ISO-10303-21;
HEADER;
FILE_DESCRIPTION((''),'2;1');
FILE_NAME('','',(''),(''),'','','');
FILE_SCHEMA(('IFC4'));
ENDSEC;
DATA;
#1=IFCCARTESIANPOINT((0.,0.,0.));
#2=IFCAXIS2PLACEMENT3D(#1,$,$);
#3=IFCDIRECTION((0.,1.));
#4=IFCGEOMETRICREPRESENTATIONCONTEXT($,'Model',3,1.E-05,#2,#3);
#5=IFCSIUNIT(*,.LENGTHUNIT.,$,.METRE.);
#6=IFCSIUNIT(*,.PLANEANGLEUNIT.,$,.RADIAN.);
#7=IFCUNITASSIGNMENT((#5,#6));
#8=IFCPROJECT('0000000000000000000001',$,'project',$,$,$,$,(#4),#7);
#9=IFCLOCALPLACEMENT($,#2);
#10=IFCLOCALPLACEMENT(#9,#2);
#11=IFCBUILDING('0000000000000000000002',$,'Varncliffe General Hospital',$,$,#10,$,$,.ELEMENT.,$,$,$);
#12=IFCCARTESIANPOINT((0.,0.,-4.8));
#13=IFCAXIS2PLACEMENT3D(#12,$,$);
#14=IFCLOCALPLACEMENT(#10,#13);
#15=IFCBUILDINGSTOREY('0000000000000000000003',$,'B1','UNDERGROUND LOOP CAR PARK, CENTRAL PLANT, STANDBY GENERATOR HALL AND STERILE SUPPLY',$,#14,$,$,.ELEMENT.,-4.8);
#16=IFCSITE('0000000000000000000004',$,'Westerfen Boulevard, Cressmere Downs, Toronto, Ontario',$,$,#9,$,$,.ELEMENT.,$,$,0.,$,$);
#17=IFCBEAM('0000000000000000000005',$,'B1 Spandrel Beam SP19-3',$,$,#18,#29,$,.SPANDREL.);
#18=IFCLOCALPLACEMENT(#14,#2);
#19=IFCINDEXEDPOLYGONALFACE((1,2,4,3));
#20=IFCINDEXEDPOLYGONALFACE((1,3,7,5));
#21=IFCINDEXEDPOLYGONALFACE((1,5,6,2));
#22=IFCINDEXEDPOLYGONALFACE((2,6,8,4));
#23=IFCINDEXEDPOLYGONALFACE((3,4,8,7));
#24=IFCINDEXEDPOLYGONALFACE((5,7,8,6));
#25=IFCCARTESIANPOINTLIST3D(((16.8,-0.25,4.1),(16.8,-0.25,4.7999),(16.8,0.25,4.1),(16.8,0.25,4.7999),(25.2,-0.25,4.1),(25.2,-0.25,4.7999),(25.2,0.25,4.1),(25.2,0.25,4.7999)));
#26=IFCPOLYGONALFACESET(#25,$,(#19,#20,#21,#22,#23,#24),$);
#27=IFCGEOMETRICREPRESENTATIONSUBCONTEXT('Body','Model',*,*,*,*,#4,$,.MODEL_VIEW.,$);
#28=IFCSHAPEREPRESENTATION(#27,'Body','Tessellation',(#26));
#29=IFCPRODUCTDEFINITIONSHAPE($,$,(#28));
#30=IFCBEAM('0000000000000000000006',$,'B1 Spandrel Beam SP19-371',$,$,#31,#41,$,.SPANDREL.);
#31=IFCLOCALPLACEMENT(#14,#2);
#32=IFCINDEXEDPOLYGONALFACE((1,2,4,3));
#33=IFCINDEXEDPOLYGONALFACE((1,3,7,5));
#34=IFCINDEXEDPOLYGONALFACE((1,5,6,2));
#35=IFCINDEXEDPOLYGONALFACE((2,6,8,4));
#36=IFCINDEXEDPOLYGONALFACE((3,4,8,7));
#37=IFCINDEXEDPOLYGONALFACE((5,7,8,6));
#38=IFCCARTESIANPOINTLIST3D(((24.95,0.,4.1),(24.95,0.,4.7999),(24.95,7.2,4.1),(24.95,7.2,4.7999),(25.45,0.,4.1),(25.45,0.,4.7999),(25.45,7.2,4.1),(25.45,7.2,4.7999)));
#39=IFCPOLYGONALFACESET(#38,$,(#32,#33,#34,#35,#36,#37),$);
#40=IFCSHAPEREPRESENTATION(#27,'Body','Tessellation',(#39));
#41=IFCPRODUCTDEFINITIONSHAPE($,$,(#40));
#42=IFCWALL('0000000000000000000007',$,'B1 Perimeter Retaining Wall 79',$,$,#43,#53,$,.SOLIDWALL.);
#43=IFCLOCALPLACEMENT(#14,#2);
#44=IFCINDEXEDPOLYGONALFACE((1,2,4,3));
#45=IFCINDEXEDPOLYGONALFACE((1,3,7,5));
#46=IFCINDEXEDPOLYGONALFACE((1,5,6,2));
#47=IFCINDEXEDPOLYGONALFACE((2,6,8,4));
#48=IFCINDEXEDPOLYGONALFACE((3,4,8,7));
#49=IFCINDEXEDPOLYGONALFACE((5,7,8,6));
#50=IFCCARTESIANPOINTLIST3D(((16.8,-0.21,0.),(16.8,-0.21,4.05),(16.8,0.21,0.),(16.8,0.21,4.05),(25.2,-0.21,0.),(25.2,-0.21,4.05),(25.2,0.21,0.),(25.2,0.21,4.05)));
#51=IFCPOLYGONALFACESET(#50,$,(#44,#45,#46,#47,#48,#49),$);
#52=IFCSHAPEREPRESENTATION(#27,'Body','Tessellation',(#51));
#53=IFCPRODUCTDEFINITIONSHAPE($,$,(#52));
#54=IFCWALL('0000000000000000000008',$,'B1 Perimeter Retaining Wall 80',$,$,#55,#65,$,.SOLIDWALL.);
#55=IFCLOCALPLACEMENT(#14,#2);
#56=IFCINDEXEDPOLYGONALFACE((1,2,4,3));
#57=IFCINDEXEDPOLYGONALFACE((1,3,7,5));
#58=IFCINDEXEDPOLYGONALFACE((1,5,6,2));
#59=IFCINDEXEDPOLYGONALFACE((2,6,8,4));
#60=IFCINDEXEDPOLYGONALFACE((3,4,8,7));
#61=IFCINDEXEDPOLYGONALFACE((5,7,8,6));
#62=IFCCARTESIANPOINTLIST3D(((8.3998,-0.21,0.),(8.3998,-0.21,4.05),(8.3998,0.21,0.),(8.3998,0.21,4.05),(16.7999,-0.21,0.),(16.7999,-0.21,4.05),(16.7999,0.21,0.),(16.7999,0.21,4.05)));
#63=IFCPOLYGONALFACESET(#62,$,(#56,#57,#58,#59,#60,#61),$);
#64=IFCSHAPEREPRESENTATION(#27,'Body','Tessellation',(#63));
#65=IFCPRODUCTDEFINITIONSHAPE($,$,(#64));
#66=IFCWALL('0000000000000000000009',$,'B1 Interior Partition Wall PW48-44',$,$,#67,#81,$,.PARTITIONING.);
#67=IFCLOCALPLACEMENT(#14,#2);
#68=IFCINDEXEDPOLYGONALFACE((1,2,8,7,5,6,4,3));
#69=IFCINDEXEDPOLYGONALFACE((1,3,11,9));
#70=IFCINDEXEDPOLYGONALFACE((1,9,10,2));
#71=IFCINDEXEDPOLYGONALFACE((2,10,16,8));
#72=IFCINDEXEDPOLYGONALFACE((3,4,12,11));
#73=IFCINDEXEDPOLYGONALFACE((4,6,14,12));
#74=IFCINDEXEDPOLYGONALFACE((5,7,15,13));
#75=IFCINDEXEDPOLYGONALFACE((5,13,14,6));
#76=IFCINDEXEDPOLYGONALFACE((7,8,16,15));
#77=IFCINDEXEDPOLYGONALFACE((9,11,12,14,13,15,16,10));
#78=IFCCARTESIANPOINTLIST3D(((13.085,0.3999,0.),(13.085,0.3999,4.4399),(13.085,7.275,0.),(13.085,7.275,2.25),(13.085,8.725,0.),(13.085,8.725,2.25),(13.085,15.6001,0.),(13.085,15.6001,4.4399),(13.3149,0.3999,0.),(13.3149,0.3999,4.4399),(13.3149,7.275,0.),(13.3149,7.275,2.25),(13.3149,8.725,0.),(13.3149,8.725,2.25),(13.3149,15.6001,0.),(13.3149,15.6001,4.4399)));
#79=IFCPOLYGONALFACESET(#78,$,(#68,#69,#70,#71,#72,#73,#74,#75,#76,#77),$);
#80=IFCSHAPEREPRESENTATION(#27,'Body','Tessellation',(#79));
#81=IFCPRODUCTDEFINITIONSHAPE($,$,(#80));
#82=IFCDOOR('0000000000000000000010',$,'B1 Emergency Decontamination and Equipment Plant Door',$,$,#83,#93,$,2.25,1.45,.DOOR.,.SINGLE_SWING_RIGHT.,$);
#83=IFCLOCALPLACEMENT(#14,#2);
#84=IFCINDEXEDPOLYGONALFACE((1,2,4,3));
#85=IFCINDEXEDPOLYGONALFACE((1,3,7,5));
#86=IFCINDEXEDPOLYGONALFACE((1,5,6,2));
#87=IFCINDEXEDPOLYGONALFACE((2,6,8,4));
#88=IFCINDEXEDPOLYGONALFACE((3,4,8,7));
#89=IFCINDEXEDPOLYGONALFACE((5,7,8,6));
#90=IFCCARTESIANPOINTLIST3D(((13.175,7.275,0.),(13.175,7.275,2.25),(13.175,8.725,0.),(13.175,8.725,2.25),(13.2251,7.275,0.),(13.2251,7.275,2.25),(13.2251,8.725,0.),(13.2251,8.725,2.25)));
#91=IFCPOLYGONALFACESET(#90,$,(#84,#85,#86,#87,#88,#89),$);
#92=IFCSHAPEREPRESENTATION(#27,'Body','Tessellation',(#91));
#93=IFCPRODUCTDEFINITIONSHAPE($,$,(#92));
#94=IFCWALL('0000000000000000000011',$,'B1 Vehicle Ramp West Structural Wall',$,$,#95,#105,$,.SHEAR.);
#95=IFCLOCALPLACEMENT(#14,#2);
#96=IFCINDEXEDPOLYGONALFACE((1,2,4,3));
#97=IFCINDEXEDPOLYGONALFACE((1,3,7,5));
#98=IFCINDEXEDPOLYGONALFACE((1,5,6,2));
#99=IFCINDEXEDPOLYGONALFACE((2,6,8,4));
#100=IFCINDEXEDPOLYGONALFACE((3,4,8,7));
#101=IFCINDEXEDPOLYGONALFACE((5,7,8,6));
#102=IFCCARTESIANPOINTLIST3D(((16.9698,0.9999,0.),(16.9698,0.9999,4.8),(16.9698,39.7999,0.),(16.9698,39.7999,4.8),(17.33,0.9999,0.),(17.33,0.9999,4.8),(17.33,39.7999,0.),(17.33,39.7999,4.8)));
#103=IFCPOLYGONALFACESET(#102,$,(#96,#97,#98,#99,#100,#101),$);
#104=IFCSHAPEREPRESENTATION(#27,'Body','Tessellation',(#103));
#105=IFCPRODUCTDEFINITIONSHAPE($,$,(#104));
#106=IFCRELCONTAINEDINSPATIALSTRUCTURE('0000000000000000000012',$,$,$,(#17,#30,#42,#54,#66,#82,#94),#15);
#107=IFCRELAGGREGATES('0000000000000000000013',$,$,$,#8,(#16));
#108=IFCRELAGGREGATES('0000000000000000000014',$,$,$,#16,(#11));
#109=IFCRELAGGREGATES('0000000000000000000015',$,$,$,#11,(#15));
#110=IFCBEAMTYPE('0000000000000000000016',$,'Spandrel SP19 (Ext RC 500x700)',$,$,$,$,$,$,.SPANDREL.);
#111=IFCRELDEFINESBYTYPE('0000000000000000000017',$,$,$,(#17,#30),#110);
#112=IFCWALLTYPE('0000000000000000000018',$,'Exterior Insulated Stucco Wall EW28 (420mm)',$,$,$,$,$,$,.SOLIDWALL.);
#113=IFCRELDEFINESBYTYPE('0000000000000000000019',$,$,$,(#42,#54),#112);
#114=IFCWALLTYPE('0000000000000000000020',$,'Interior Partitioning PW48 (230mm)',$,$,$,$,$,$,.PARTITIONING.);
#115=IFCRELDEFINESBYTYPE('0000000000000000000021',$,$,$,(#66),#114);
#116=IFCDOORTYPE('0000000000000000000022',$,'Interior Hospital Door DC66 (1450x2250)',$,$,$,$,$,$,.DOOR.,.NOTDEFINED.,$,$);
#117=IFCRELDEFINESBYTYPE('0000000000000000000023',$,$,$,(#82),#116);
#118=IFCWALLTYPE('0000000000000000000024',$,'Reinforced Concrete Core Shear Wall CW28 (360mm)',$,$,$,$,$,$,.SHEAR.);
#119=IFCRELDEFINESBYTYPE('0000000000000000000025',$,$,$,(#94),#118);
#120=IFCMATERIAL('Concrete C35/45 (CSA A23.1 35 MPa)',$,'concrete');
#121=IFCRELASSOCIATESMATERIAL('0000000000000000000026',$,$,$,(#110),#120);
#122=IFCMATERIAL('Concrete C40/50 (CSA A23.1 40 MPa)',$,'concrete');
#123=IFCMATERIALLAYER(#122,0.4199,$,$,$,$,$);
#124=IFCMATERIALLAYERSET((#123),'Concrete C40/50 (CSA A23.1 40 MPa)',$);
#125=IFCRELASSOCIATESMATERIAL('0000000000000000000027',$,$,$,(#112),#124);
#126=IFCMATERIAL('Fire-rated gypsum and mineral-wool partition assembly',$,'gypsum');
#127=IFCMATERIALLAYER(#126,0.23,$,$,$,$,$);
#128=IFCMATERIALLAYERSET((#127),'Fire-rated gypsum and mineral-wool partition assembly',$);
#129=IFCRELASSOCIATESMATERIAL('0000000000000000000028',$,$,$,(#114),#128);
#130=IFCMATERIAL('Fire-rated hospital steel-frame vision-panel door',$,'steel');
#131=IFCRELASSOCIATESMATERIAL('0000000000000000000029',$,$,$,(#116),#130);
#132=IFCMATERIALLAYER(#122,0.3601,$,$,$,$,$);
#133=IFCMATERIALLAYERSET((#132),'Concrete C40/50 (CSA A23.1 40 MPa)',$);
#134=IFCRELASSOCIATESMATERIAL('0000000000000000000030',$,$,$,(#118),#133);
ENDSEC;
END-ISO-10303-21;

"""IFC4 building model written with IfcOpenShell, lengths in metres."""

from ifc_helpers import new_model, si_unit, direction, frame, frame_2d, origin, origin_2d, place, context, subcontext, project, spatial, rectangle, extrude, material, layer, layer_set, material_profile, profile_set, type_object, element, fill, save


model = new_model("IFC4")

# Units and contexts
model_context = context("Model", 3, precision=1e-05, world=origin(), true_north=direction((0.0, 1.0)))
body_context = subcontext(model_context, "Body", "Model", "MODEL_VIEW")
ifc_project = project(units=[si_unit("LENGTHUNIT", "METRE"), si_unit("PLANEANGLEUNIT", "RADIAN")], contexts=[model_context])

# Site, building, storey
site_placement = place(None, origin())
site = spatial("IfcSite", under=ifc_project, at=site_placement, Name="Westerfen Boulevard, Cressmere Downs, Toronto, Ontario", CompositionType="ELEMENT", RefElevation=0.0)
building_placement = place(site_placement, origin())
building = spatial("IfcBuilding", under=site, at=building_placement, Name="Varncliffe General Hospital", CompositionType="ELEMENT")
storey_placement = place(building_placement, frame((0.0, 0.0, -4.8)))
storey = spatial("IfcBuildingStorey", under=building, at=storey_placement, Name="B1", Description="UNDERGROUND LOOP CAR PARK, CENTRAL PLANT, STANDBY GENERATOR HALL AND STERILE SUPPLY", CompositionType="ELEMENT", Elevation=-4.8)

# Shared definitions
ifc_material_1 = material(Name="Concrete C40/50 (CSA A23.1 40 MPa)", Category="concrete")

# Beams
ifc_material_2 = material(Name="Concrete C35/45 (CSA A23.1 35 MPa)", Category="concrete")
ifc_material_profile_1 = material_profile(ifc_material_2, rectangle(XDim=0.5, YDim=0.7, at=origin_2d()), Name="RC 500x700")
ifc_profile_set_1 = profile_set([ifc_material_profile_1], Name="Concrete C35/45 (CSA A23.1 35 MPa)")
beam_type_1 = type_object("IfcBeamType", Name="Spandrel SP19 (Ext RC 500x700)", PredefinedType="SPANDREL", material=ifc_profile_set_1)
beam_1_placement = place(storey_placement, frame((16.8, 0.0, 4.45), z_axis=(1.0, 0.0, 0.0), x_axis=(0.0, 1.0, 0.0)))
element("IfcBeam", 1, at=beam_1_placement, inside=storey, type_object=beam_type_1, Name="B1 Spandrel Beam SP19-3", PredefinedType="SPANDREL", context=body_context, shape_type="SweptSolid", body=[
    extrude(rectangle(XDim=0.5, YDim=0.7, at=origin_2d()), origin(), (0.0, 0.0, 1.0), 8.3999),
])
beam_2_placement = place(storey_placement, frame((25.2, 0.0, 4.45), z_axis=(0.0, 1.0, 0.0), x_axis=(-1.0, 0.0, 0.0)))
element("IfcBeam", 2, at=beam_2_placement, inside=storey, type_object=beam_type_1, Name="B1 Spandrel Beam SP19-371", PredefinedType="SPANDREL", context=body_context, shape_type="SweptSolid", body=[
    extrude(rectangle(XDim=0.5, YDim=0.7, at=origin_2d()), origin(), (0.0, 0.0, 1.0), 7.2),
])

# Walls
ifc_layer_1 = layer(ifc_material_1, 0.4199)
ifc_layer_set_1 = layer_set([ifc_layer_1], Name="Concrete C40/50 (CSA A23.1 40 MPa)")
wall_type_1 = type_object("IfcWallType", Name="Exterior Insulated Stucco Wall EW28 (420mm)", PredefinedType="SOLIDWALL", material=ifc_layer_set_1)
wall_1_placement = place(storey_placement, frame((25.2, 0.0, 0.0), z_axis=(0.0, 0.0, 1.0), x_axis=(-1.0, 0.0, 0.0)))
element("IfcWall", 3, at=wall_1_placement, inside=storey, type_object=wall_type_1, Name="B1 Perimeter Retaining Wall 79", PredefinedType="SOLIDWALL", context=body_context, shape_type="SweptSolid", body=[
    extrude(rectangle(XDim=8.3999, YDim=0.4199, at=frame_2d((4.2, 0.0))), origin(), (0.0, 0.0, 1.0), 4.05),
])
wall_2_placement = place(storey_placement, frame((16.8, 0.0, 0.0), z_axis=(0.0, 0.0, 1.0), x_axis=(-1.0, 0.0, 0.0)))
element("IfcWall", 4, at=wall_2_placement, inside=storey, type_object=wall_type_1, Name="B1 Perimeter Retaining Wall 80", PredefinedType="SOLIDWALL", context=body_context, shape_type="SweptSolid", body=[
    extrude(rectangle(XDim=8.4001, YDim=0.4199, at=frame_2d((4.2002, 0.0))), origin(), (0.0, 0.0, 1.0), 4.05),
])

# Wall, opening, door
ifc_material_3 = material(Name="Fire-rated gypsum and mineral-wool partition assembly", Category="gypsum")
ifc_layer_2 = layer(ifc_material_3, 0.23)
ifc_layer_set_2 = layer_set([ifc_layer_2], Name="Fire-rated gypsum and mineral-wool partition assembly")
wall_type_2 = type_object("IfcWallType", Name="Interior Partitioning PW48 (230mm)", PredefinedType="PARTITIONING", material=ifc_layer_set_2)
wall_3_placement = place(storey_placement, frame((13.2, 0.3999, 0.0), z_axis=(0.0, 0.0, 1.0), x_axis=(0.0, 1.0, 0.0)))
wall_3 = element("IfcWall", 5, at=wall_3_placement, inside=storey, type_object=wall_type_2, Name="B1 Interior Partition Wall PW48-44", PredefinedType="PARTITIONING", context=body_context, shape_type="SweptSolid", body=[
    extrude(rectangle(XDim=15.2002, YDim=0.23, at=frame_2d((7.6001, 0.0))), origin(), (0.0, 0.0, 1.0), 4.4399),
])
opening_placement = place(wall_3_placement, frame((6.875, 0.0, 0.0)))
opening = element("IfcOpeningElement", 6, at=opening_placement, cuts=wall_3, PredefinedType="OPENING", context=body_context, shape_type="SweptSolid", body=[
    extrude(rectangle(XDim=1.45, YDim=2.25, at=frame_2d((0.7251, 1.125))), frame((0.0, 0.125, 0.0), z_axis=(0.0, -1.0, 0.0), x_axis=(1.0, 0.0, 0.0)), (0.0, 0.0, 1.0), 0.25),
])
ifc_material_4 = material(Name="Fire-rated hospital steel-frame vision-panel door", Category="steel")
door_type = type_object("IfcDoorType", Name="Interior Hospital Door DC66 (1450x2250)", OperationType="NOTDEFINED", PredefinedType="DOOR", material=ifc_material_4)
door_placement = place(opening_placement, origin())
door = element("IfcDoor", 7, at=door_placement, inside=storey, type_object=door_type, Name="B1 Emergency Decontamination and Equipment Plant Door", OperationType="SINGLE_SWING_RIGHT", OverallHeight=2.25, OverallWidth=1.45, PredefinedType="DOOR", context=body_context, shape_type="SweptSolid", body=[
    extrude(rectangle(XDim=1.45, YDim=2.25, at=frame_2d((0.7251, 1.125))), frame((0.0, 0.0249, 0.0), z_axis=(0.0, -1.0, 0.0), x_axis=(1.0, 0.0, 0.0)), (0.0, 0.0, 1.0), 0.05),
])
fill(opening, door)

# Wall
ifc_layer_3 = layer(ifc_material_1, 0.3601)
ifc_layer_set_3 = layer_set([ifc_layer_3], Name="Concrete C40/50 (CSA A23.1 40 MPa)")
wall_type_3 = type_object("IfcWallType", Name="Reinforced Concrete Core Shear Wall CW28 (360mm)", PredefinedType="SHEAR", material=ifc_layer_set_3)
wall_4_placement = place(storey_placement, frame((17.1499, 1.0, 0.0), z_axis=(0.0, 0.0, 1.0), x_axis=(0.0, 1.0, 0.0)))
element("IfcWall", 8, at=wall_4_placement, inside=storey, type_object=wall_type_3, Name="B1 Vehicle Ramp West Structural Wall", PredefinedType="SHEAR", context=body_context, shape_type="SweptSolid", body=[
    extrude(rectangle(XDim=38.8, YDim=0.3601, at=frame_2d((19.3999, 0.0))), origin(), (0.0, 0.0, 1.0), 4.8),
])

save(model, "model.ifc")
